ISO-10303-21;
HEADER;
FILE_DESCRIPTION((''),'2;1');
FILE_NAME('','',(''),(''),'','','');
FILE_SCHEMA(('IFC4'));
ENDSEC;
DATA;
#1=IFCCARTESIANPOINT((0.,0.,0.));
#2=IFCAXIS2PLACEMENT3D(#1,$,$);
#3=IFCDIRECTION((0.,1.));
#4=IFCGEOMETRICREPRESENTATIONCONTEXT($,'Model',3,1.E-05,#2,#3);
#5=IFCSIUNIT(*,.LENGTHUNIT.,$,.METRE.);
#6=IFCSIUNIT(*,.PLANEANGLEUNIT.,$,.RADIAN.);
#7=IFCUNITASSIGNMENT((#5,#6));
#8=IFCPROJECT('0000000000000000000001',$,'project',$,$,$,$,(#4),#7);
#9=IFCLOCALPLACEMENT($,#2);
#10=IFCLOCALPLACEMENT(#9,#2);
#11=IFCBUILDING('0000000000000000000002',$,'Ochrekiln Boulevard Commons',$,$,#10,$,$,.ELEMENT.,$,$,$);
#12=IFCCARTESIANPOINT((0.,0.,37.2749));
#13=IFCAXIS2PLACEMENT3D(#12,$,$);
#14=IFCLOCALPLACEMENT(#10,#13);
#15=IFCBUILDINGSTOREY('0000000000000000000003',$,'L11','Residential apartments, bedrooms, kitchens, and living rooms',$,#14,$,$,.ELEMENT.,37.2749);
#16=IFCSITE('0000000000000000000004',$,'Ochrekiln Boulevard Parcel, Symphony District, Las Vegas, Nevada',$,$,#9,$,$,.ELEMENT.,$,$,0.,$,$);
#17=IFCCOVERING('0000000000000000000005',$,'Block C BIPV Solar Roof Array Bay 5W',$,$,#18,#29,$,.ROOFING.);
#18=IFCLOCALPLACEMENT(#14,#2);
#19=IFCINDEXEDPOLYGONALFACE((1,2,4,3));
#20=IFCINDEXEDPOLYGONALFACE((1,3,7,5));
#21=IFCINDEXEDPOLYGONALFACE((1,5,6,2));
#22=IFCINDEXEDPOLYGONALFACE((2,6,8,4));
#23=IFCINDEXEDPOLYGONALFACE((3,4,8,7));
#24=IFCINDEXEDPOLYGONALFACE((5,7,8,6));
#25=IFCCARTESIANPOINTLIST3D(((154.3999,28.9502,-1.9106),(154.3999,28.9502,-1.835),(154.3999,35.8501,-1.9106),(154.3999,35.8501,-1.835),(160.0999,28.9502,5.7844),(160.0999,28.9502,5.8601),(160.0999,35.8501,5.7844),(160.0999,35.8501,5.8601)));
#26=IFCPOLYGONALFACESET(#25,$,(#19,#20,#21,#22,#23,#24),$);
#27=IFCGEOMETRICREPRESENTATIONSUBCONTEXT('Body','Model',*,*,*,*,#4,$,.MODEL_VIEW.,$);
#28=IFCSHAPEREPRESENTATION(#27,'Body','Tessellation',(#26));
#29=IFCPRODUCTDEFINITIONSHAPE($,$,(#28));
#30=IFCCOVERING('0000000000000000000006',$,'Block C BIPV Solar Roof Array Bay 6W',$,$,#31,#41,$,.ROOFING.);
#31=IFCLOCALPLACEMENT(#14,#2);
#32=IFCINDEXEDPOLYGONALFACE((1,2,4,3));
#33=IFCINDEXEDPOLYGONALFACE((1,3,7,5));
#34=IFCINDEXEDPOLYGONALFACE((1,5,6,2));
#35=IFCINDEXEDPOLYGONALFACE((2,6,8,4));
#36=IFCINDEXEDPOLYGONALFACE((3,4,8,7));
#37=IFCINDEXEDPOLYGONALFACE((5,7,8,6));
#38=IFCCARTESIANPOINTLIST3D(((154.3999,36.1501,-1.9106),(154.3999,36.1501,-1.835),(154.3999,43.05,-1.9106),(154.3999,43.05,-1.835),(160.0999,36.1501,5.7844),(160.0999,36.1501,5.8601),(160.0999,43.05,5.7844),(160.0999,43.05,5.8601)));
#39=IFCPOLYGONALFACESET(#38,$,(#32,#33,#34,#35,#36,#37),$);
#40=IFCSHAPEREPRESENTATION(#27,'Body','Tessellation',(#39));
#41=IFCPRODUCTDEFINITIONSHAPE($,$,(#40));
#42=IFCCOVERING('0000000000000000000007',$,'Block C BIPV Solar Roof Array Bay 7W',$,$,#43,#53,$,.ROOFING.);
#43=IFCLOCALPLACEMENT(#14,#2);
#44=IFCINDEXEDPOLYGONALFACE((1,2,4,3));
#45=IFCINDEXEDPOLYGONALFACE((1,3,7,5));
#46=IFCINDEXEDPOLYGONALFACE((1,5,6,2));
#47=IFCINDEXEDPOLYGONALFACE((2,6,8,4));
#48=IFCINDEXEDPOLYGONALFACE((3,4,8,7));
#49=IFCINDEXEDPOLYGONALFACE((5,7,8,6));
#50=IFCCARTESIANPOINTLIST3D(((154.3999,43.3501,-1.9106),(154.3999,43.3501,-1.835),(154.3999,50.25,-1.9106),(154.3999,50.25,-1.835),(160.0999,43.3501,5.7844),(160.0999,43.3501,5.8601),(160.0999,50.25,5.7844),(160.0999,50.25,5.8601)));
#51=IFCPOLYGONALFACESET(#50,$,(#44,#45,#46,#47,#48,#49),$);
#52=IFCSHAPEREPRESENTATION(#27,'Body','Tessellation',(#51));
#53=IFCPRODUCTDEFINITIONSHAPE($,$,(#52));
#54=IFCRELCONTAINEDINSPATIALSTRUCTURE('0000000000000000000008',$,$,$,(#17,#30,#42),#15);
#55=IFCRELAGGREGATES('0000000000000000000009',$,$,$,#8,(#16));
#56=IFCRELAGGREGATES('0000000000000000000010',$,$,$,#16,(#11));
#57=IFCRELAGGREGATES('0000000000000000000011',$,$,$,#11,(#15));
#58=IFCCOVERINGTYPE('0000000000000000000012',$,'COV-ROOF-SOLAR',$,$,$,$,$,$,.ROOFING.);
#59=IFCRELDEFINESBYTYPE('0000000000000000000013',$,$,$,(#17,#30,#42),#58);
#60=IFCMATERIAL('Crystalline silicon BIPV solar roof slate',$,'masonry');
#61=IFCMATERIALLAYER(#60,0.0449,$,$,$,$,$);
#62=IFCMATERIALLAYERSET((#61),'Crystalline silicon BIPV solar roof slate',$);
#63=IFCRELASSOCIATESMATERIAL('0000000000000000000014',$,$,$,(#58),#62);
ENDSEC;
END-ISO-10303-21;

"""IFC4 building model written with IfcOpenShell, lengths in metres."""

from ifc_helpers import new_model, si_unit, direction, frame, origin, place, context, subcontext, project, spatial, polyline, outline, extrude, material, layer, layer_set, type_object, element, save


model = new_model("IFC4")

# Units and contexts
model_context = context("Model", 3, precision=1e-05, world=origin(), true_north=direction((0.0, 1.0)))
body_context = subcontext(model_context, "Body", "Model", "MODEL_VIEW")
ifc_project = project(units=[si_unit("LENGTHUNIT", "METRE"), si_unit("PLANEANGLEUNIT", "RADIAN")], contexts=[model_context])

# Site, building, storey
site_placement = place(None, origin())
site = spatial("IfcSite", under=ifc_project, at=site_placement, Name="Ochrekiln Boulevard Parcel, Symphony District, Las Vegas, Nevada", CompositionType="ELEMENT", RefElevation=0.0)
building_placement = place(site_placement, origin())
building = spatial("IfcBuilding", under=site, at=building_placement, Name="Ochrekiln Boulevard Commons", CompositionType="ELEMENT")
storey_placement = place(building_placement, frame((0.0, 0.0, 37.2749)))
storey = spatial("IfcBuildingStorey", under=building, at=storey_placement, Name="L11", Description="Residential apartments, bedrooms, kitchens, and living rooms", CompositionType="ELEMENT", Elevation=37.2749)

# Coverings
ifc_material_1 = material(Name="Crystalline silicon BIPV solar roof slate", Category="masonry")
ifc_layer_1 = layer(ifc_material_1, 0.0449)
ifc_layer_set_1 = layer_set([ifc_layer_1], Name="Crystalline silicon BIPV solar roof slate")
covering_type = type_object("IfcCoveringType", Name="COV-ROOF-SOLAR", PredefinedType="ROOFING", material=ifc_layer_set_1)
for number, where, z_axis, x_axis, name in (
    (1, (154.3999, 35.8501, -1.835), (0.0, -1.0, 0.0), (1.0, 0.0, 0.0), "Block C BIPV Solar Roof Array Bay 5W"),
    (2, (154.3999, 43.05, -1.835), (0.0, -1.0, 0.0), (1.0, 0.0, 0.0), "Block C BIPV Solar Roof Array Bay 6W"),
    (3, (154.3999, 50.25, -1.835), (0.0, -1.0, 0.0), (1.0, 0.0, 0.0), "Block C BIPV Solar Roof Array Bay 7W"),
):
    element("IfcCovering", number, at=place(storey_placement, frame(where, z_axis=z_axis, x_axis=x_axis)), inside=storey, type_object=covering_type, Name=name, PredefinedType="ROOFING", context=body_context, shape_type="SweptSolid", body=[
        extrude(outline(polyline([(0.0, 0.0), (5.7, 7.6951), (5.7, 7.6194), (0.0, -0.0757), (0.0, 0.0)])), origin(), (0.0, 0.0, 1.0), 6.8999),
    ])

save(model, "model.ifc")
